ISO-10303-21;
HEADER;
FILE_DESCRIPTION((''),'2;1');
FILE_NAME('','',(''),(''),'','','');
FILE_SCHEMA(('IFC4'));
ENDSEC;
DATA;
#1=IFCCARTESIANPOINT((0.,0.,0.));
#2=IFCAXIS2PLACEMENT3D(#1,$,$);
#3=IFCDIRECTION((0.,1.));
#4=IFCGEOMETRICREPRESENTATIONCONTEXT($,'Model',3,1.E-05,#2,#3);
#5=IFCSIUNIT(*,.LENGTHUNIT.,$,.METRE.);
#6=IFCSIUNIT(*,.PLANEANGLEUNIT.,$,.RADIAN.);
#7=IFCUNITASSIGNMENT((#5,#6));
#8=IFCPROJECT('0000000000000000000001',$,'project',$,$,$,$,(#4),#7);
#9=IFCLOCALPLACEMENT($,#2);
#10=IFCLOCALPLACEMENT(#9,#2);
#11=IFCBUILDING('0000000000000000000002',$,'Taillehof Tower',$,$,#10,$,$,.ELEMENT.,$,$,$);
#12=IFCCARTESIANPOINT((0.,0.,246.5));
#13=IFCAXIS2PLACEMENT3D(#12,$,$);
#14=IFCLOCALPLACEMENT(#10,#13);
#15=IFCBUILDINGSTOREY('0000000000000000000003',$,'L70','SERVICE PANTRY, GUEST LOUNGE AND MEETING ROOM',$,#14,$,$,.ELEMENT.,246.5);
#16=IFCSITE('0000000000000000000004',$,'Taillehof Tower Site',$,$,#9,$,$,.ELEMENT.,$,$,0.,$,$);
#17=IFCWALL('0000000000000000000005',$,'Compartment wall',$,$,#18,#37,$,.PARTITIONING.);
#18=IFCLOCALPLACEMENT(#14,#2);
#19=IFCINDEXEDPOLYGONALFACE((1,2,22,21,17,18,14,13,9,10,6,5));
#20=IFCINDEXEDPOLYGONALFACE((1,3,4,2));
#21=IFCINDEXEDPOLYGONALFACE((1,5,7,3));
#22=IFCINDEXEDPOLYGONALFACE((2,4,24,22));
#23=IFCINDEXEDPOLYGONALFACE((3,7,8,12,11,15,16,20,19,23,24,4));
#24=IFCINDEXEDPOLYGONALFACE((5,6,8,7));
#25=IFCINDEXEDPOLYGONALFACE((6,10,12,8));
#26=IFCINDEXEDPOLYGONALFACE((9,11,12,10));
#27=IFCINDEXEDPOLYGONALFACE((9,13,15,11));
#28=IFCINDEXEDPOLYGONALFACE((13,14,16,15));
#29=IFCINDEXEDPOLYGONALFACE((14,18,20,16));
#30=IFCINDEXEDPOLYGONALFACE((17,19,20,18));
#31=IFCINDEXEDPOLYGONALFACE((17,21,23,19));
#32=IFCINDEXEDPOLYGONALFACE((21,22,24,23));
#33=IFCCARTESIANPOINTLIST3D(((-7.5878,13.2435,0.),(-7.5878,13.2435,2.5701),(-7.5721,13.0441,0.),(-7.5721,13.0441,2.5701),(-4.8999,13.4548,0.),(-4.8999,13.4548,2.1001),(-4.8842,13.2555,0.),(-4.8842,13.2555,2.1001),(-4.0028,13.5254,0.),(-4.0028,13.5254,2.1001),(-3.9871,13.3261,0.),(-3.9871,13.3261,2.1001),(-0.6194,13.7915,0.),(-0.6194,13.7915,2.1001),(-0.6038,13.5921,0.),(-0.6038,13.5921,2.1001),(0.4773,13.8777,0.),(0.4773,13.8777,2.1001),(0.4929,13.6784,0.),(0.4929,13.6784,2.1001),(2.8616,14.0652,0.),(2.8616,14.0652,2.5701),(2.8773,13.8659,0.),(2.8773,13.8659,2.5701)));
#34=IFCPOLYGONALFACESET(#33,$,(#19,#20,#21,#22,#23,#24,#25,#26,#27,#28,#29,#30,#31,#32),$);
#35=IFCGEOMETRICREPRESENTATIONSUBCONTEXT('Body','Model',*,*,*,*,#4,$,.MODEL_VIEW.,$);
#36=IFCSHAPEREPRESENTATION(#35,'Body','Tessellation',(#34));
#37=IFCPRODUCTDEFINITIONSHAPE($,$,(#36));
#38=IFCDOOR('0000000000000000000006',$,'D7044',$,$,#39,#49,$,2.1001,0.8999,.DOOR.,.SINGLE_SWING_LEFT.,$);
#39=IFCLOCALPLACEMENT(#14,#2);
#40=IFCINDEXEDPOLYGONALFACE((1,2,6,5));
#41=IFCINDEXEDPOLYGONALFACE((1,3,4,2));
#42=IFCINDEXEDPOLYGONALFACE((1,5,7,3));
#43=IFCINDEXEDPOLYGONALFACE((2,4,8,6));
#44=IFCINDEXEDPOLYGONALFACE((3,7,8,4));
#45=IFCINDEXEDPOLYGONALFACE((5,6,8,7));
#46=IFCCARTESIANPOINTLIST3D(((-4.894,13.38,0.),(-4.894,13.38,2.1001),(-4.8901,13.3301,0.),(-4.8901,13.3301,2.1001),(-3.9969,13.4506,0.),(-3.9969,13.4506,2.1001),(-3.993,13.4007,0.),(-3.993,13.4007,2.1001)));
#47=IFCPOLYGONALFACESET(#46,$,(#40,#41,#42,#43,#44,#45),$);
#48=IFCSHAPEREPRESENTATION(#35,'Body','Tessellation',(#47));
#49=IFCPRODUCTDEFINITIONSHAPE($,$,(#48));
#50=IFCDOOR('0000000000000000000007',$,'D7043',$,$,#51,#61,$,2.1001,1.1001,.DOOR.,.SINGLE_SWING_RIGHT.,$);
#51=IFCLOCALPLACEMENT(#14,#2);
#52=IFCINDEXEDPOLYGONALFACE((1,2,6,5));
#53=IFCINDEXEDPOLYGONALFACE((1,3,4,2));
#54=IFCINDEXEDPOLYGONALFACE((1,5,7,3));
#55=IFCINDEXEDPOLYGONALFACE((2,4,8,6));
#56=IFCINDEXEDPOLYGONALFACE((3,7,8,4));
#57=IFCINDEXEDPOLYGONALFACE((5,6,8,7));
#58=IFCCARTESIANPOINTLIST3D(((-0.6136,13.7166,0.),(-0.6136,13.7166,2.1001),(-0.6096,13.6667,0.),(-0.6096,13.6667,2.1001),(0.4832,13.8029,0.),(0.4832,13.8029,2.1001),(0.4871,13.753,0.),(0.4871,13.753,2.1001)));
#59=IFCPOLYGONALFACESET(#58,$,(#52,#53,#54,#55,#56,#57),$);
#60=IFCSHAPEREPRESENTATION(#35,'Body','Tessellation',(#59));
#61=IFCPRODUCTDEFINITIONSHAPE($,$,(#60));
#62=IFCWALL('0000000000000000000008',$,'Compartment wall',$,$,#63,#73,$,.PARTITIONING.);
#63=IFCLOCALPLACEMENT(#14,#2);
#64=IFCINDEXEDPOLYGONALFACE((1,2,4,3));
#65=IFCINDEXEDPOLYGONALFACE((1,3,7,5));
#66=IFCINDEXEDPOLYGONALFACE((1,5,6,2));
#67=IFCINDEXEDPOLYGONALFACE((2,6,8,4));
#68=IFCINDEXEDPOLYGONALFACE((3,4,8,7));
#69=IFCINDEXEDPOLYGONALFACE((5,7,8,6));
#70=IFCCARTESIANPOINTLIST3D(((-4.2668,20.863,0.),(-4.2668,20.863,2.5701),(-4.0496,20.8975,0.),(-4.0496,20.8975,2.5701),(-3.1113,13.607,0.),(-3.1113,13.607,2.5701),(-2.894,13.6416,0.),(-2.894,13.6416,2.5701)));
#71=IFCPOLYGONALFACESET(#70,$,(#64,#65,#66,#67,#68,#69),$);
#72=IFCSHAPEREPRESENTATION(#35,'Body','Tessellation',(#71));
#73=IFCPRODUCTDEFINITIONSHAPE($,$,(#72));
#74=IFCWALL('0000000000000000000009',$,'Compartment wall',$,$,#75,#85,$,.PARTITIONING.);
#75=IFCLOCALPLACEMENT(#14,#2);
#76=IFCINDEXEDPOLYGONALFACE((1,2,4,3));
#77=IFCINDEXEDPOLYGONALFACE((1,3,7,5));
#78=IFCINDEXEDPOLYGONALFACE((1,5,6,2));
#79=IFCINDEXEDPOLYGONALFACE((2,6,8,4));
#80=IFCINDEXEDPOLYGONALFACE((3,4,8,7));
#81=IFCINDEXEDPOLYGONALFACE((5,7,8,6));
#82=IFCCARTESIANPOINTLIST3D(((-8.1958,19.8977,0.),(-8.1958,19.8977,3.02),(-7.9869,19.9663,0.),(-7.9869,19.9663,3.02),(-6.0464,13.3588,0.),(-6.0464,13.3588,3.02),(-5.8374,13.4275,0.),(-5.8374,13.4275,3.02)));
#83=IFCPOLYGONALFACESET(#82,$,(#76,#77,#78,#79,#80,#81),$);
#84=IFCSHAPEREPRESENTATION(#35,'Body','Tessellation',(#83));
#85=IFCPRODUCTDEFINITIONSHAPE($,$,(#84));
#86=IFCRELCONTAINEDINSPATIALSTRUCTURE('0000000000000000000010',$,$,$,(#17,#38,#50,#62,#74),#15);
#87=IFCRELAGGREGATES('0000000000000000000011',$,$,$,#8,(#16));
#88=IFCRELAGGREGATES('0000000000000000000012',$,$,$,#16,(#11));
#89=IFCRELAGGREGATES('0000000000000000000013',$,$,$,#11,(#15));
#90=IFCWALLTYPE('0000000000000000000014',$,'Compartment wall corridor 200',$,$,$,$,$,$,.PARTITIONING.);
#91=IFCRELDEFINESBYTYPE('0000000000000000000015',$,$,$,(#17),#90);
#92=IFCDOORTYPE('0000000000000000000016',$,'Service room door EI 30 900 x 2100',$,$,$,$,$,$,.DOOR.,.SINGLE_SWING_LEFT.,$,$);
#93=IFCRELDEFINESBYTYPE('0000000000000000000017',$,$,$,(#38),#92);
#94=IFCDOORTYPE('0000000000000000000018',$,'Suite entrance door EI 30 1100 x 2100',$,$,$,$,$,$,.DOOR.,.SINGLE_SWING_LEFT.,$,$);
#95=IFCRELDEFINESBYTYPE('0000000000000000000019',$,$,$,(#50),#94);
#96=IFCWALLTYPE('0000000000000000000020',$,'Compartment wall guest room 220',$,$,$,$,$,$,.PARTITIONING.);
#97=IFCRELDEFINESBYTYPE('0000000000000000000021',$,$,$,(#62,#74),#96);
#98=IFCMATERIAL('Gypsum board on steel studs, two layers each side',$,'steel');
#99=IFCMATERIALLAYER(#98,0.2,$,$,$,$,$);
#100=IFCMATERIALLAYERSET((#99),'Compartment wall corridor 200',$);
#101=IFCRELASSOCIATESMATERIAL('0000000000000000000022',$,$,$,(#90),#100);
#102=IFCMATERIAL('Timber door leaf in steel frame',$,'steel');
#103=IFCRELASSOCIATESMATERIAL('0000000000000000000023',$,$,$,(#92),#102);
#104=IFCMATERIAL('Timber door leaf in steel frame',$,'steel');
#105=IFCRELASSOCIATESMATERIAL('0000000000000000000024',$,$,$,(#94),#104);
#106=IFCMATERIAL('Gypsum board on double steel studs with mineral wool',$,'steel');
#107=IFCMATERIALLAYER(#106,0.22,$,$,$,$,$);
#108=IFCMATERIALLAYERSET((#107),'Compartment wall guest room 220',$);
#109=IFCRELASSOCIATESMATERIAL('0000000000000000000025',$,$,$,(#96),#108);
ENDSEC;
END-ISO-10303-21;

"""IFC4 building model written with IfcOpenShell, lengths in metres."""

from ifc_helpers import new_model, si_unit, direction, frame, frame_2d, origin, place, context, subcontext, project, spatial, rectangle, extrude, material, layer, layer_set, type_object, element, fill, save


model = new_model("IFC4")

# Units and contexts
model_context = context("Model", 3, precision=1e-05, world=origin(), true_north=direction((0.0, 1.0)))
body_context = subcontext(model_context, "Body", "Model", "MODEL_VIEW")
ifc_project = project(units=[si_unit("LENGTHUNIT", "METRE"), si_unit("PLANEANGLEUNIT", "RADIAN")], contexts=[model_context])

# Site, building, storey
site_placement = place(None, origin())
site = spatial("IfcSite", under=ifc_project, at=site_placement, Name="Taillehof Tower Site", CompositionType="ELEMENT", RefElevation=0.0)
building_placement = place(site_placement, origin())
building = spatial("IfcBuilding", under=site, at=building_placement, Name="Taillehof Tower", CompositionType="ELEMENT")
storey_placement = place(building_placement, frame((0.0, 0.0, 246.5)))
storey = spatial("IfcBuildingStorey", under=building, at=storey_placement, Name="L70", Description="SERVICE PANTRY, GUEST LOUNGE AND MEETING ROOM", CompositionType="ELEMENT", Elevation=246.5)

# Shared definitions
ifc_material_1 = material(Name="Gypsum board on steel studs, two layers each side", Category="steel")
ifc_layer_1 = layer(ifc_material_1, 0.2)
ifc_layer_set_1 = layer_set([ifc_layer_1], Name="Compartment wall corridor 200")
wall_type_1 = type_object("IfcWallType", Name="Compartment wall corridor 200", PredefinedType="PARTITIONING", material=ifc_layer_set_1)

# Wall, openings, doors
wall_1_placement = place(storey_placement, frame((-7.5798, 13.1438, 0.0), z_axis=(0.0, 0.0, 1.0), x_axis=(0.996922, 0.078401, 0.0)))
wall_1 = element("IfcWall", 1, at=wall_1_placement, inside=storey, type_object=wall_type_1, Name="Compartment wall", PredefinedType="PARTITIONING", context=body_context, shape_type="SweptSolid", body=[
    extrude(rectangle(XDim=10.4817, YDim=0.2, at=frame_2d((5.2407, 0.0))), origin(), (0.0, 0.0, 1.0), 2.5701),
])
opening_1_placement = place(wall_1_placement, frame((6.9897, 0.0, 0.0)))
opening_1 = element("IfcOpeningElement", 2, at=opening_1_placement, cuts=wall_1, PredefinedType="OPENING", context=body_context, shape_type="SweptSolid", body=[
    extrude(rectangle(XDim=1.1001, YDim=2.1001, at=frame_2d((0.55, 1.05))), frame((0.0, 0.1099, 0.0), z_axis=(0.0, -1.0, 0.0), x_axis=(1.0, 0.0, 0.0)), (0.0, 0.0, 1.0), 0.22),
])
opening_2_placement = place(wall_1_placement, frame((2.696, 0.0, 0.0)))
opening_2 = element("IfcOpeningElement", 3, at=opening_2_placement, cuts=wall_1, PredefinedType="OPENING", context=body_context, shape_type="SweptSolid", body=[
    extrude(rectangle(XDim=0.8999, YDim=2.1001, at=frame_2d((0.45, 1.05))), frame((0.0, 0.1099, 0.0), z_axis=(0.0, -1.0, 0.0), x_axis=(1.0, 0.0, 0.0)), (0.0, 0.0, 1.0), 0.22),
])
ifc_material_2 = material(Name="Timber door leaf in steel frame", Category="steel")
door_type_1 = type_object("IfcDoorType", Name="Service room door EI 30 900 x 2100", OperationType="SINGLE_SWING_LEFT", PredefinedType="DOOR", material=ifc_material_2)
door_1_placement = place(opening_2_placement, origin())
door_1 = element("IfcDoor", 4, at=door_1_placement, inside=storey, type_object=door_type_1, Name="D7044", OperationType="SINGLE_SWING_LEFT", OverallHeight=2.1001, OverallWidth=0.8999, PredefinedType="DOOR", context=body_context, shape_type="SweptSolid", body=[
    extrude(rectangle(XDim=0.8999, YDim=2.1001, at=frame_2d((0.45, 1.05))), frame((0.0, 0.0249, 0.0), z_axis=(0.0, -1.0, 0.0), x_axis=(1.0, 0.0, 0.0)), (0.0, 0.0, 1.0), 0.05),
])
fill(opening_2, door_1)
ifc_material_3 = material(Name="Timber door leaf in steel frame", Category="steel")
door_type_2 = type_object("IfcDoorType", Name="Suite entrance door EI 30 1100 x 2100", OperationType="SINGLE_SWING_LEFT", PredefinedType="DOOR", material=ifc_material_3)
door_2_placement = place(opening_1_placement, origin())
door_2 = element("IfcDoor", 5, at=door_2_placement, inside=storey, type_object=door_type_2, Name="D7043", OperationType="SINGLE_SWING_RIGHT", OverallHeight=2.1001, OverallWidth=1.1001, PredefinedType="DOOR", context=body_context, shape_type="SweptSolid", body=[
    extrude(rectangle(XDim=1.1001, YDim=2.1001, at=frame_2d((0.55, 1.05))), frame((0.0, 0.0249, 0.0), z_axis=(0.0, -1.0, 0.0), x_axis=(1.0, 0.0, 0.0)), (0.0, 0.0, 1.0), 0.05),
])
fill(opening_1, door_2)

# Walls
ifc_material_4 = material(Name="Gypsum board on double steel studs with mineral wool", Category="steel")
ifc_layer_2 = layer(ifc_material_4, 0.22)
ifc_layer_set_2 = layer_set([ifc_layer_2], Name="Compartment wall guest room 220")
wall_type_2 = type_object("IfcWallType", Name="Compartment wall guest room 220", PredefinedType="PARTITIONING", material=ifc_layer_set_2)
wall_2_placement = place(storey_placement, frame((-4.1582, 20.8804, 0.0), z_axis=(0.0, 0.0, 1.0), x_axis=(0.157271, -0.987555, 0.0)))
element("IfcWall", 6, at=wall_2_placement, inside=storey, type_object=wall_type_2, Name="Compartment wall", PredefinedType="PARTITIONING", context=body_context, shape_type="SweptSolid", body=[
    extrude(rectangle(XDim=7.3474, YDim=0.22, at=frame_2d((3.6738, 0.0))), origin(), (0.0, 0.0, 1.0), 2.5701),
])
wall_3_placement = place(storey_placement, frame((-8.0913, 19.9319, 0.0), z_axis=(0.0, 0.0, 1.0), x_axis=(0.312277, -0.949991, 0.0)))
element("IfcWall", 7, at=wall_3_placement, inside=storey, type_object=wall_type_2, Name="Compartment wall", PredefinedType="PARTITIONING", context=body_context, shape_type="SweptSolid", body=[
    extrude(rectangle(XDim=6.8831, YDim=0.22, at=frame_2d((3.4414, 0.0))), origin(), (0.0, 0.0, 1.0), 3.02),
])

save(model, "model.ifc")
